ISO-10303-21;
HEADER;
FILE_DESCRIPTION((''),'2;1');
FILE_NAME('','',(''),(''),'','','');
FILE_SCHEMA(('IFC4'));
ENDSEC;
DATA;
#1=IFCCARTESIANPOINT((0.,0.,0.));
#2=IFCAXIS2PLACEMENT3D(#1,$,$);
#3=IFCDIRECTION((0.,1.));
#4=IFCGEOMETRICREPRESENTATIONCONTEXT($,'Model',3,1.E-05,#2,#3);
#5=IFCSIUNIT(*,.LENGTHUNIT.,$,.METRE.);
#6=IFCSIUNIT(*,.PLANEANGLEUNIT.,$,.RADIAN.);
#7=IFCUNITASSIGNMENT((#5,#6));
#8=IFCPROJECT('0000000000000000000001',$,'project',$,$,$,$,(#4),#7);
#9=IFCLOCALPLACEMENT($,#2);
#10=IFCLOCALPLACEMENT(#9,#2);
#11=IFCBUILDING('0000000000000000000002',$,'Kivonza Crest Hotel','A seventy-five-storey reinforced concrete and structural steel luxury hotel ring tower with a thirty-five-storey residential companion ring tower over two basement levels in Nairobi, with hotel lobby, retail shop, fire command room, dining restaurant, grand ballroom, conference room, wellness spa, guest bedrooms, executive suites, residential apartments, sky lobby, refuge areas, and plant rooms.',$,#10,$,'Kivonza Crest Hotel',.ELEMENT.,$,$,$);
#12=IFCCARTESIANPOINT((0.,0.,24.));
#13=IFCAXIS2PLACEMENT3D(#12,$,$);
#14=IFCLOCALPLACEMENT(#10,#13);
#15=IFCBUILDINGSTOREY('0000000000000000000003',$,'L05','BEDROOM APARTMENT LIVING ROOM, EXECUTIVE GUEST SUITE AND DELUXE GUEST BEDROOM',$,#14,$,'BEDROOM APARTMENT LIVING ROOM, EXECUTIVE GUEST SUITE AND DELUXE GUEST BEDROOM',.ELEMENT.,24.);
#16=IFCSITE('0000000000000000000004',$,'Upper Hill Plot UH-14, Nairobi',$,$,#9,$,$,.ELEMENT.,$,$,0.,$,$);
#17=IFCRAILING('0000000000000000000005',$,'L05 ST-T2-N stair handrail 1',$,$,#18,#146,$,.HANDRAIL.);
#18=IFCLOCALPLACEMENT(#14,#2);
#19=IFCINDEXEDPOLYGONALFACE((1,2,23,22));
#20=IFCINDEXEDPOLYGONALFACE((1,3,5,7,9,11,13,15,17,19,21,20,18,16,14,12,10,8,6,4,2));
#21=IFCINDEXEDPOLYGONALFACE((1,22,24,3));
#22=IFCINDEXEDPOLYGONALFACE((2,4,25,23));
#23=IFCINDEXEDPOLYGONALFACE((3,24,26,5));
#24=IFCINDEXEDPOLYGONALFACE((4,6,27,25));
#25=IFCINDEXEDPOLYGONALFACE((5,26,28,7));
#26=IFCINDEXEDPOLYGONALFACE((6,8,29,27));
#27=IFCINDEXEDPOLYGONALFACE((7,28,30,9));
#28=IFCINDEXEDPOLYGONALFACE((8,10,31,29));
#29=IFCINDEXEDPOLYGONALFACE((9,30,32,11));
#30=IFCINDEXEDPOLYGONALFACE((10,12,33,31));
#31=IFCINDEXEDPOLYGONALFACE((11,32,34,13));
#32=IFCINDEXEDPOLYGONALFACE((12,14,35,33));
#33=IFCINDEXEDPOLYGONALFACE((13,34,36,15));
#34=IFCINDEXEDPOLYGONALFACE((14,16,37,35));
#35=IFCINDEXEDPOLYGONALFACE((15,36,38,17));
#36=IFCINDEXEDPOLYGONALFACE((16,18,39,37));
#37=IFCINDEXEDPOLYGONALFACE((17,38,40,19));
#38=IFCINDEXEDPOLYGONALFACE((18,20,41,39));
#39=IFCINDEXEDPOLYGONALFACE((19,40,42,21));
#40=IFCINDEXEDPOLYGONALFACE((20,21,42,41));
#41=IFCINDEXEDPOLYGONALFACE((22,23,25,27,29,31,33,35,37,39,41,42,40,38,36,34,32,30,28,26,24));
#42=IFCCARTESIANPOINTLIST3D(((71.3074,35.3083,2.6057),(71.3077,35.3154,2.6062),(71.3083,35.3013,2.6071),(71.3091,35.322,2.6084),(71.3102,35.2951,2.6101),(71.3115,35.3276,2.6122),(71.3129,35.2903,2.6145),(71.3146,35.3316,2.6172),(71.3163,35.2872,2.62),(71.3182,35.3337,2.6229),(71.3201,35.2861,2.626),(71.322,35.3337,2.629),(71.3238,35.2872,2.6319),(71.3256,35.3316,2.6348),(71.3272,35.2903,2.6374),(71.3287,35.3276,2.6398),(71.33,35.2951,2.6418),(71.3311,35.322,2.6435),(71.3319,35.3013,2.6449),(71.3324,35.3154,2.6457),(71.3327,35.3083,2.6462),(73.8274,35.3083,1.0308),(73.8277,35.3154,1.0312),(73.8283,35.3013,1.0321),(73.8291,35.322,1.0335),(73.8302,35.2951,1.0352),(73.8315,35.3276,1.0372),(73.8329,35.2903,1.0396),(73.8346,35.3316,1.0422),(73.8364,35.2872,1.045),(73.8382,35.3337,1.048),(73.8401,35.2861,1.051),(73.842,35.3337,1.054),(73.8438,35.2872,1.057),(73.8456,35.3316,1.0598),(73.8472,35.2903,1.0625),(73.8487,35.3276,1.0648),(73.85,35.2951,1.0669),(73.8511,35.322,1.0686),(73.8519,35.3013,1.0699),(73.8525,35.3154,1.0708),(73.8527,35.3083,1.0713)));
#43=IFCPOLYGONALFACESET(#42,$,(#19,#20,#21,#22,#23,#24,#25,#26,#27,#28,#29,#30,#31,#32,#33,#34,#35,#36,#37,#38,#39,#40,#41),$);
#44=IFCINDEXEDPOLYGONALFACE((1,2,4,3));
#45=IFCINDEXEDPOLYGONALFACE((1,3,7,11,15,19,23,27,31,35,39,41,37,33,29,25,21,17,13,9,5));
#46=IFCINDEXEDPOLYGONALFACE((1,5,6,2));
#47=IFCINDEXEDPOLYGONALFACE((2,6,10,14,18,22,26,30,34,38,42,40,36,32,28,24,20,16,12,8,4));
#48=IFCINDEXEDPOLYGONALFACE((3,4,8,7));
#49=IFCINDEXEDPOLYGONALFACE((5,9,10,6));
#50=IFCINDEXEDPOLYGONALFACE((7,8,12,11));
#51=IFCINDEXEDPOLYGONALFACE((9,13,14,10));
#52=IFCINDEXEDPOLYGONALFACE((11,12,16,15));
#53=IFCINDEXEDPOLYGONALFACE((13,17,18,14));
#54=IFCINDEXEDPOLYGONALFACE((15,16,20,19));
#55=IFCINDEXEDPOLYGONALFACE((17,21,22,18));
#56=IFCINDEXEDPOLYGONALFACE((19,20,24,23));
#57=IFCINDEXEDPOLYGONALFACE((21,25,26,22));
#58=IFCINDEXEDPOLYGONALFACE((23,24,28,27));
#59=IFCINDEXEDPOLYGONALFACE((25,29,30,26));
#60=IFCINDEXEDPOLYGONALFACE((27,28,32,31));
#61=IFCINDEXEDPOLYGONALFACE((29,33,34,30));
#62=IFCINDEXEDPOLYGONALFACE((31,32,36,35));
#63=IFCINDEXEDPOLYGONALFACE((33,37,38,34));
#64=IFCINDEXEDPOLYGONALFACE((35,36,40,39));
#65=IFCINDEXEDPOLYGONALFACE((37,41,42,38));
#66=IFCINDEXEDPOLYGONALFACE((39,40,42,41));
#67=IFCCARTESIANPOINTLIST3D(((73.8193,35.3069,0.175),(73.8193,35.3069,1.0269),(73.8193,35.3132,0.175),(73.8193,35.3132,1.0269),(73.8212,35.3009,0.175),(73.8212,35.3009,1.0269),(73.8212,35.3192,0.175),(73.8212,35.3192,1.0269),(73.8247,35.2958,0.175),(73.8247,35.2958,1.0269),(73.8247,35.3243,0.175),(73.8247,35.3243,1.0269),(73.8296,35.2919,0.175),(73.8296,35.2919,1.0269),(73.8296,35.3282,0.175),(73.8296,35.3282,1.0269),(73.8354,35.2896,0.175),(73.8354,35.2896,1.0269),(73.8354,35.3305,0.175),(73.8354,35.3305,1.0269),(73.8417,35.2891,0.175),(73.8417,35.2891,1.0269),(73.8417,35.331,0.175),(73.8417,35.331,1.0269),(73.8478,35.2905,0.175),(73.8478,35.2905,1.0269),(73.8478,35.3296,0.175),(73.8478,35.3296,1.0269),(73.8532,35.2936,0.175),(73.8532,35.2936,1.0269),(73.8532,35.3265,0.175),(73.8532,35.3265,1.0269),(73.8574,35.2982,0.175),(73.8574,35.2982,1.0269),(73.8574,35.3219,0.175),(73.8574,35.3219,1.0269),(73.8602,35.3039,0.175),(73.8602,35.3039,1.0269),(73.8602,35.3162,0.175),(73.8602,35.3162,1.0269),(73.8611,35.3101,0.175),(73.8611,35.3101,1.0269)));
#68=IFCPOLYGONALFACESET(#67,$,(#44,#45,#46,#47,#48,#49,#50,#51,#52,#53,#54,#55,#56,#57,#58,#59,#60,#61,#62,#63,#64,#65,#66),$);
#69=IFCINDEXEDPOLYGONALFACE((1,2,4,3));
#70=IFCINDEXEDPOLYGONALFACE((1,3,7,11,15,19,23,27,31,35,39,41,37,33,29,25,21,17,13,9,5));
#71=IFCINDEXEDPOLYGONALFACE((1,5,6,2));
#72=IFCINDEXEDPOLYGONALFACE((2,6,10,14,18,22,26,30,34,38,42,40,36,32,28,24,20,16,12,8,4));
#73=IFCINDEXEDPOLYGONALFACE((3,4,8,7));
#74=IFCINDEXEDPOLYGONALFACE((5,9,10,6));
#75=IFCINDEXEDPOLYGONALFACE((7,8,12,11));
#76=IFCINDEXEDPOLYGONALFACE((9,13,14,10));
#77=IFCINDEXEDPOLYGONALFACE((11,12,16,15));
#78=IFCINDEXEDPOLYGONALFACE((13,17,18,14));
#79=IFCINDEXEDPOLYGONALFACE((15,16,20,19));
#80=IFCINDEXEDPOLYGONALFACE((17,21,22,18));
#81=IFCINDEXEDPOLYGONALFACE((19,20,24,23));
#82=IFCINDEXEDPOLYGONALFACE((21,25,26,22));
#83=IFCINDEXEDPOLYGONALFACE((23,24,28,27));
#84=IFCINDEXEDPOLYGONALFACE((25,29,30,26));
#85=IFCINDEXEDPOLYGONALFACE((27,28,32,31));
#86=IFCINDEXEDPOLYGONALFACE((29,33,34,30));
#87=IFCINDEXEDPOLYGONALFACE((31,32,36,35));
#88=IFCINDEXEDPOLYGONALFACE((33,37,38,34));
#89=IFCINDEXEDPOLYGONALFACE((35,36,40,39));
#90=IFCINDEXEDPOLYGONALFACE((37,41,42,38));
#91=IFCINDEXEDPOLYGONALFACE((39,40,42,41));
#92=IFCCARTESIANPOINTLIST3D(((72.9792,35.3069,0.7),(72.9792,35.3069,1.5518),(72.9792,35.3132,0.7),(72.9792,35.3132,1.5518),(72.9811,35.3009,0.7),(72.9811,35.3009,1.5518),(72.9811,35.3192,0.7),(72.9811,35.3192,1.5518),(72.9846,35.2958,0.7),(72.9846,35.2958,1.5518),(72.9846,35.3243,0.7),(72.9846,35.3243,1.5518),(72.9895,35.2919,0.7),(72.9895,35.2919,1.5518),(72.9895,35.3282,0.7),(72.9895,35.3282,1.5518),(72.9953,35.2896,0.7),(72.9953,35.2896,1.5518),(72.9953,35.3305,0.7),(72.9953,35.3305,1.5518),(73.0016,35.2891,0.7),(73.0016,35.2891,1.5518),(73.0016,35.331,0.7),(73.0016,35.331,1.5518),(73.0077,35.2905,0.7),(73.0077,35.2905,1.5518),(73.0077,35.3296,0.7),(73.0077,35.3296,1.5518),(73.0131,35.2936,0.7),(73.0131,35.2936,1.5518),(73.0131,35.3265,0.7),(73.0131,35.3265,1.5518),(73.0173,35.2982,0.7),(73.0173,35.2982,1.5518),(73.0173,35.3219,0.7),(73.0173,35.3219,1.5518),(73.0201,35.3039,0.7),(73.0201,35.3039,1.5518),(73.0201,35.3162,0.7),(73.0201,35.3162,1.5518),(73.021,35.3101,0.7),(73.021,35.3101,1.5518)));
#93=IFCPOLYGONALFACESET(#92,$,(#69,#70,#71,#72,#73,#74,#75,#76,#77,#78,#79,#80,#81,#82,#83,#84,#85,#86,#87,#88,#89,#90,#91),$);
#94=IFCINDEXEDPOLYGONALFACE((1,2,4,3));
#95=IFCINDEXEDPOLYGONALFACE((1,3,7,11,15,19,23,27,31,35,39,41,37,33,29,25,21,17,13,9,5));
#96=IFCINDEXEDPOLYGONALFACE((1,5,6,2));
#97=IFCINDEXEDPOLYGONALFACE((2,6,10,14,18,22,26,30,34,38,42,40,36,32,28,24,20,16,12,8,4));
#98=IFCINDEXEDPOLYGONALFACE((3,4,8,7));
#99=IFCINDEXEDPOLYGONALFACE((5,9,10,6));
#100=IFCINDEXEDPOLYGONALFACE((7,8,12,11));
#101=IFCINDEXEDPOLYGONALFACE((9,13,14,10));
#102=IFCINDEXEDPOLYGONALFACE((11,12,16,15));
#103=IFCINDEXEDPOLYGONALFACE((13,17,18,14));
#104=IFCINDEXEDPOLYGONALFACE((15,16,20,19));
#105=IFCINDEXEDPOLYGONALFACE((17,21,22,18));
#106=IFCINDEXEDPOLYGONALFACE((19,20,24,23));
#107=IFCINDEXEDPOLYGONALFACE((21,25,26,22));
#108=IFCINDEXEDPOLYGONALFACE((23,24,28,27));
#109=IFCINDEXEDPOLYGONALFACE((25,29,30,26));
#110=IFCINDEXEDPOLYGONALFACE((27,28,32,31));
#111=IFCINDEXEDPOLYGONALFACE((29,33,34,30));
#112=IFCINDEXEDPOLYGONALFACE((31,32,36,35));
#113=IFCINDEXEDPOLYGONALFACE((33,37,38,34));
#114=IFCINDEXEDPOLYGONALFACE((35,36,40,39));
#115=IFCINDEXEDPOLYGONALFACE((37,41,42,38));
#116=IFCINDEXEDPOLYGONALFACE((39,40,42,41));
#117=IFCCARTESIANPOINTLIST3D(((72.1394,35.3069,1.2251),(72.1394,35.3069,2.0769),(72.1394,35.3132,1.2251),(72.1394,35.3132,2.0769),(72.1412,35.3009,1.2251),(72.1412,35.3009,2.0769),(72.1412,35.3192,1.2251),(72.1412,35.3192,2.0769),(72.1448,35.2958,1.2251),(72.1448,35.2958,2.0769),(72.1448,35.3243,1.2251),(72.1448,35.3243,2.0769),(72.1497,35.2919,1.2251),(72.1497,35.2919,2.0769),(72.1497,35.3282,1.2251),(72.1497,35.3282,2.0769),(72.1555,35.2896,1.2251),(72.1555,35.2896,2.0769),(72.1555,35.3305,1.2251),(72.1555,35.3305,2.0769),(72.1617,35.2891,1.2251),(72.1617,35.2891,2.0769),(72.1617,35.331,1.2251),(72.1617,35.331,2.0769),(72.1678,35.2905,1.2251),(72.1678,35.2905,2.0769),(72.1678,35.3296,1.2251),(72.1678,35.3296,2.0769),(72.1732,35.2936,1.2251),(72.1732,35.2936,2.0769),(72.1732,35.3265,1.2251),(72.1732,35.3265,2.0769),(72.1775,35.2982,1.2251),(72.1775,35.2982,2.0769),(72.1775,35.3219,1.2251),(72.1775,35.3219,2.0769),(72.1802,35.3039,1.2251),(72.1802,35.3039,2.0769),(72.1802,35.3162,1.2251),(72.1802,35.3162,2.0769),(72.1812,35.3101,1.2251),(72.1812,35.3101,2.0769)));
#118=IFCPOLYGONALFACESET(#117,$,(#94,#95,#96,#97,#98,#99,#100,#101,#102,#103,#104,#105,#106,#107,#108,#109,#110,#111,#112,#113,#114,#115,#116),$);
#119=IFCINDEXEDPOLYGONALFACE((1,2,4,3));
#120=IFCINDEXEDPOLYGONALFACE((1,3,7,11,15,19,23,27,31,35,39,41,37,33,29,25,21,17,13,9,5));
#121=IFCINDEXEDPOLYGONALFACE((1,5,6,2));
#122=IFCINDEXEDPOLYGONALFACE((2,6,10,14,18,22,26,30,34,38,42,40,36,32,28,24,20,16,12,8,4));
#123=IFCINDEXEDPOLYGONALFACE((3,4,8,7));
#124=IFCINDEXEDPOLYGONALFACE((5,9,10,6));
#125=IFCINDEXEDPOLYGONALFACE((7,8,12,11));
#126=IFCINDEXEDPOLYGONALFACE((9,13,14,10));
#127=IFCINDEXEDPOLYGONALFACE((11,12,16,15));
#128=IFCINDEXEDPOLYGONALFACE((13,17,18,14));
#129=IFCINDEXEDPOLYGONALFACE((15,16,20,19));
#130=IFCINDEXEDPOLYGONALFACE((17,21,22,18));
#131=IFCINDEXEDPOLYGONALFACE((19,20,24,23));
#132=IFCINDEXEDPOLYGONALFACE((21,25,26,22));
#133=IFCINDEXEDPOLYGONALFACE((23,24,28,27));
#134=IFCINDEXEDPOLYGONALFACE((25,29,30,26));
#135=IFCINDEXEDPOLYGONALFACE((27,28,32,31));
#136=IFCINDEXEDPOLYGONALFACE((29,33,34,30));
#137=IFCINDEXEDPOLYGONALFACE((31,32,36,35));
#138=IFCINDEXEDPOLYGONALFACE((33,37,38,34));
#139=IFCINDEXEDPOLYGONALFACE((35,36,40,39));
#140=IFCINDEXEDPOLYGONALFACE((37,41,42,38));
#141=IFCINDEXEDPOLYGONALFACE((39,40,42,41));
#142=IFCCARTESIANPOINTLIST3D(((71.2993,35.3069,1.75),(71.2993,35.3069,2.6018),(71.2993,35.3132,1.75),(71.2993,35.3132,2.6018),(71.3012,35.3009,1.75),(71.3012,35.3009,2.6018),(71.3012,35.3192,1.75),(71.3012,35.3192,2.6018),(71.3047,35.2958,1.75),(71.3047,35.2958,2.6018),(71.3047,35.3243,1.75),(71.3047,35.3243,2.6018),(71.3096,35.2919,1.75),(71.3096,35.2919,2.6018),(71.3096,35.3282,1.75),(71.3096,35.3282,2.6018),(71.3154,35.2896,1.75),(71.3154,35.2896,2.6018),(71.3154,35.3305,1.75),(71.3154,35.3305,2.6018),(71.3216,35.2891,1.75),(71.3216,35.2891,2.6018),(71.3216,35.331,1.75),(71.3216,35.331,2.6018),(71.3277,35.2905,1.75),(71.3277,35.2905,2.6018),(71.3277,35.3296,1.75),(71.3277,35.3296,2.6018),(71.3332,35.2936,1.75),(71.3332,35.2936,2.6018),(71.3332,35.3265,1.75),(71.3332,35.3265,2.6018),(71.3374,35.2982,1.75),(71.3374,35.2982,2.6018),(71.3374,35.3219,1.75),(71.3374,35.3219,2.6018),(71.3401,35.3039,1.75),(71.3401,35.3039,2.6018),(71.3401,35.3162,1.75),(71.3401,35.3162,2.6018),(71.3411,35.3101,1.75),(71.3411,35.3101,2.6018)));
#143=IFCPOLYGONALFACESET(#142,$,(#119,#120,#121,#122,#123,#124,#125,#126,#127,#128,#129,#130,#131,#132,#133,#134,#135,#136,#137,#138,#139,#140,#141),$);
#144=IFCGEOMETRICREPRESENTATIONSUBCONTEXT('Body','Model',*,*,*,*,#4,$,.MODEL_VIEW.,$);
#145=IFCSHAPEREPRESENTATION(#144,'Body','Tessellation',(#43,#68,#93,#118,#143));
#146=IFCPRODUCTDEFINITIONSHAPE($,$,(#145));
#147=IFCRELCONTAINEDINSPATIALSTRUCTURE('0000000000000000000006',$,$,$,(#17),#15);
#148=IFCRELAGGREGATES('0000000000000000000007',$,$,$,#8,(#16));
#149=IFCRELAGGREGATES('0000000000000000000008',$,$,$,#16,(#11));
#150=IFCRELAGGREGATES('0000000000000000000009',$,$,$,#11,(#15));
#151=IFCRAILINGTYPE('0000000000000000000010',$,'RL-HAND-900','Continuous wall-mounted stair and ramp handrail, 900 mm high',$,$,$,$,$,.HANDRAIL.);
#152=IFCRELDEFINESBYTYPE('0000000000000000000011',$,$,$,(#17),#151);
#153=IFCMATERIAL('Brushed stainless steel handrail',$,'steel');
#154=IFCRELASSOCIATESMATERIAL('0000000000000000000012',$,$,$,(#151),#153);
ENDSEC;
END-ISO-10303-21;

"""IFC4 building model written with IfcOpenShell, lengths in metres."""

from ifc_helpers import new_model, si_unit, direction, frame, origin, origin_2d, place, context, subcontext, project, spatial, circle, extrude, material, type_object, element, save


model = new_model("IFC4")

# Units and contexts
model_context = context("Model", 3, precision=1e-05, world=origin(), true_north=direction((0.0, 1.0)))
body_context = subcontext(model_context, "Body", "Model", "MODEL_VIEW")
ifc_project = project(units=[si_unit("LENGTHUNIT", "METRE"), si_unit("PLANEANGLEUNIT", "RADIAN")], contexts=[model_context])

# Site, building, storey
site_placement = place(None, origin())
site = spatial("IfcSite", under=ifc_project, at=site_placement, Name="Upper Hill Plot UH-14, Nairobi", CompositionType="ELEMENT", RefElevation=0.0)
building_placement = place(site_placement, origin())
building = spatial("IfcBuilding", under=site, at=building_placement, Name="Kivonza Crest Hotel", Description="A seventy-five-storey reinforced concrete and structural steel luxury hotel ring tower with a thirty-five-storey residential companion ring tower over two basement levels in Nairobi, with hotel lobby, retail shop, fire command room, dining restaurant, grand ballroom, conference room, wellness spa, guest bedrooms, executive suites, residential apartments, sky lobby, refuge areas, and plant rooms.", LongName="Kivonza Crest Hotel", CompositionType="ELEMENT")
storey_placement = place(building_placement, frame((0.0, 0.0, 24.0)))
storey = spatial("IfcBuildingStorey", under=building, at=storey_placement, Name="L05", Description="BEDROOM APARTMENT LIVING ROOM, EXECUTIVE GUEST SUITE AND DELUXE GUEST BEDROOM", LongName="BEDROOM APARTMENT LIVING ROOM, EXECUTIVE GUEST SUITE AND DELUXE GUEST BEDROOM", CompositionType="ELEMENT", Elevation=24.0)

# Railing
ifc_material_1 = material(Name="Brushed stainless steel handrail", Category="steel")
railing_type = type_object("IfcRailingType", Name="RL-HAND-900", Description="Continuous wall-mounted stair and ramp handrail, 900 mm high", PredefinedType="HANDRAIL", material=ifc_material_1)
railing_placement = place(storey_placement, frame((73.8401, 35.3101, 0.175)))
element("IfcRailing", 1, at=railing_placement, inside=storey, type_object=railing_type, Name="L05 ST-T2-N stair handrail 1", PredefinedType="HANDRAIL", context=body_context, shape_type="SweptSolid", body=[
    extrude(circle(Radius=0.0239, at=origin_2d()), frame((0.0, 0.0, 0.876), z_axis=(-0.848008, 0.0, 0.529984), x_axis=(0.0, -1.0, 0.0)), (0.0, 0.0, 1.0), 2.9717),
    extrude(circle(Radius=0.021, at=origin_2d()), origin(), (0.0, 0.0, 1.0), 0.8518),
    extrude(circle(Radius=0.021, at=origin_2d()), frame((-0.8401, 0.0, 0.5249)), (0.0, 0.0, 1.0), 0.8518),
    extrude(circle(Radius=0.021, at=origin_2d()), frame((-1.6799, 0.0, 1.05)), (0.0, 0.0, 1.0), 0.8518),
    extrude(circle(Radius=0.021, at=origin_2d()), frame((-2.52, 0.0, 1.575)), (0.0, 0.0, 1.0), 0.8518),
])

save(model, "model.ifc")
